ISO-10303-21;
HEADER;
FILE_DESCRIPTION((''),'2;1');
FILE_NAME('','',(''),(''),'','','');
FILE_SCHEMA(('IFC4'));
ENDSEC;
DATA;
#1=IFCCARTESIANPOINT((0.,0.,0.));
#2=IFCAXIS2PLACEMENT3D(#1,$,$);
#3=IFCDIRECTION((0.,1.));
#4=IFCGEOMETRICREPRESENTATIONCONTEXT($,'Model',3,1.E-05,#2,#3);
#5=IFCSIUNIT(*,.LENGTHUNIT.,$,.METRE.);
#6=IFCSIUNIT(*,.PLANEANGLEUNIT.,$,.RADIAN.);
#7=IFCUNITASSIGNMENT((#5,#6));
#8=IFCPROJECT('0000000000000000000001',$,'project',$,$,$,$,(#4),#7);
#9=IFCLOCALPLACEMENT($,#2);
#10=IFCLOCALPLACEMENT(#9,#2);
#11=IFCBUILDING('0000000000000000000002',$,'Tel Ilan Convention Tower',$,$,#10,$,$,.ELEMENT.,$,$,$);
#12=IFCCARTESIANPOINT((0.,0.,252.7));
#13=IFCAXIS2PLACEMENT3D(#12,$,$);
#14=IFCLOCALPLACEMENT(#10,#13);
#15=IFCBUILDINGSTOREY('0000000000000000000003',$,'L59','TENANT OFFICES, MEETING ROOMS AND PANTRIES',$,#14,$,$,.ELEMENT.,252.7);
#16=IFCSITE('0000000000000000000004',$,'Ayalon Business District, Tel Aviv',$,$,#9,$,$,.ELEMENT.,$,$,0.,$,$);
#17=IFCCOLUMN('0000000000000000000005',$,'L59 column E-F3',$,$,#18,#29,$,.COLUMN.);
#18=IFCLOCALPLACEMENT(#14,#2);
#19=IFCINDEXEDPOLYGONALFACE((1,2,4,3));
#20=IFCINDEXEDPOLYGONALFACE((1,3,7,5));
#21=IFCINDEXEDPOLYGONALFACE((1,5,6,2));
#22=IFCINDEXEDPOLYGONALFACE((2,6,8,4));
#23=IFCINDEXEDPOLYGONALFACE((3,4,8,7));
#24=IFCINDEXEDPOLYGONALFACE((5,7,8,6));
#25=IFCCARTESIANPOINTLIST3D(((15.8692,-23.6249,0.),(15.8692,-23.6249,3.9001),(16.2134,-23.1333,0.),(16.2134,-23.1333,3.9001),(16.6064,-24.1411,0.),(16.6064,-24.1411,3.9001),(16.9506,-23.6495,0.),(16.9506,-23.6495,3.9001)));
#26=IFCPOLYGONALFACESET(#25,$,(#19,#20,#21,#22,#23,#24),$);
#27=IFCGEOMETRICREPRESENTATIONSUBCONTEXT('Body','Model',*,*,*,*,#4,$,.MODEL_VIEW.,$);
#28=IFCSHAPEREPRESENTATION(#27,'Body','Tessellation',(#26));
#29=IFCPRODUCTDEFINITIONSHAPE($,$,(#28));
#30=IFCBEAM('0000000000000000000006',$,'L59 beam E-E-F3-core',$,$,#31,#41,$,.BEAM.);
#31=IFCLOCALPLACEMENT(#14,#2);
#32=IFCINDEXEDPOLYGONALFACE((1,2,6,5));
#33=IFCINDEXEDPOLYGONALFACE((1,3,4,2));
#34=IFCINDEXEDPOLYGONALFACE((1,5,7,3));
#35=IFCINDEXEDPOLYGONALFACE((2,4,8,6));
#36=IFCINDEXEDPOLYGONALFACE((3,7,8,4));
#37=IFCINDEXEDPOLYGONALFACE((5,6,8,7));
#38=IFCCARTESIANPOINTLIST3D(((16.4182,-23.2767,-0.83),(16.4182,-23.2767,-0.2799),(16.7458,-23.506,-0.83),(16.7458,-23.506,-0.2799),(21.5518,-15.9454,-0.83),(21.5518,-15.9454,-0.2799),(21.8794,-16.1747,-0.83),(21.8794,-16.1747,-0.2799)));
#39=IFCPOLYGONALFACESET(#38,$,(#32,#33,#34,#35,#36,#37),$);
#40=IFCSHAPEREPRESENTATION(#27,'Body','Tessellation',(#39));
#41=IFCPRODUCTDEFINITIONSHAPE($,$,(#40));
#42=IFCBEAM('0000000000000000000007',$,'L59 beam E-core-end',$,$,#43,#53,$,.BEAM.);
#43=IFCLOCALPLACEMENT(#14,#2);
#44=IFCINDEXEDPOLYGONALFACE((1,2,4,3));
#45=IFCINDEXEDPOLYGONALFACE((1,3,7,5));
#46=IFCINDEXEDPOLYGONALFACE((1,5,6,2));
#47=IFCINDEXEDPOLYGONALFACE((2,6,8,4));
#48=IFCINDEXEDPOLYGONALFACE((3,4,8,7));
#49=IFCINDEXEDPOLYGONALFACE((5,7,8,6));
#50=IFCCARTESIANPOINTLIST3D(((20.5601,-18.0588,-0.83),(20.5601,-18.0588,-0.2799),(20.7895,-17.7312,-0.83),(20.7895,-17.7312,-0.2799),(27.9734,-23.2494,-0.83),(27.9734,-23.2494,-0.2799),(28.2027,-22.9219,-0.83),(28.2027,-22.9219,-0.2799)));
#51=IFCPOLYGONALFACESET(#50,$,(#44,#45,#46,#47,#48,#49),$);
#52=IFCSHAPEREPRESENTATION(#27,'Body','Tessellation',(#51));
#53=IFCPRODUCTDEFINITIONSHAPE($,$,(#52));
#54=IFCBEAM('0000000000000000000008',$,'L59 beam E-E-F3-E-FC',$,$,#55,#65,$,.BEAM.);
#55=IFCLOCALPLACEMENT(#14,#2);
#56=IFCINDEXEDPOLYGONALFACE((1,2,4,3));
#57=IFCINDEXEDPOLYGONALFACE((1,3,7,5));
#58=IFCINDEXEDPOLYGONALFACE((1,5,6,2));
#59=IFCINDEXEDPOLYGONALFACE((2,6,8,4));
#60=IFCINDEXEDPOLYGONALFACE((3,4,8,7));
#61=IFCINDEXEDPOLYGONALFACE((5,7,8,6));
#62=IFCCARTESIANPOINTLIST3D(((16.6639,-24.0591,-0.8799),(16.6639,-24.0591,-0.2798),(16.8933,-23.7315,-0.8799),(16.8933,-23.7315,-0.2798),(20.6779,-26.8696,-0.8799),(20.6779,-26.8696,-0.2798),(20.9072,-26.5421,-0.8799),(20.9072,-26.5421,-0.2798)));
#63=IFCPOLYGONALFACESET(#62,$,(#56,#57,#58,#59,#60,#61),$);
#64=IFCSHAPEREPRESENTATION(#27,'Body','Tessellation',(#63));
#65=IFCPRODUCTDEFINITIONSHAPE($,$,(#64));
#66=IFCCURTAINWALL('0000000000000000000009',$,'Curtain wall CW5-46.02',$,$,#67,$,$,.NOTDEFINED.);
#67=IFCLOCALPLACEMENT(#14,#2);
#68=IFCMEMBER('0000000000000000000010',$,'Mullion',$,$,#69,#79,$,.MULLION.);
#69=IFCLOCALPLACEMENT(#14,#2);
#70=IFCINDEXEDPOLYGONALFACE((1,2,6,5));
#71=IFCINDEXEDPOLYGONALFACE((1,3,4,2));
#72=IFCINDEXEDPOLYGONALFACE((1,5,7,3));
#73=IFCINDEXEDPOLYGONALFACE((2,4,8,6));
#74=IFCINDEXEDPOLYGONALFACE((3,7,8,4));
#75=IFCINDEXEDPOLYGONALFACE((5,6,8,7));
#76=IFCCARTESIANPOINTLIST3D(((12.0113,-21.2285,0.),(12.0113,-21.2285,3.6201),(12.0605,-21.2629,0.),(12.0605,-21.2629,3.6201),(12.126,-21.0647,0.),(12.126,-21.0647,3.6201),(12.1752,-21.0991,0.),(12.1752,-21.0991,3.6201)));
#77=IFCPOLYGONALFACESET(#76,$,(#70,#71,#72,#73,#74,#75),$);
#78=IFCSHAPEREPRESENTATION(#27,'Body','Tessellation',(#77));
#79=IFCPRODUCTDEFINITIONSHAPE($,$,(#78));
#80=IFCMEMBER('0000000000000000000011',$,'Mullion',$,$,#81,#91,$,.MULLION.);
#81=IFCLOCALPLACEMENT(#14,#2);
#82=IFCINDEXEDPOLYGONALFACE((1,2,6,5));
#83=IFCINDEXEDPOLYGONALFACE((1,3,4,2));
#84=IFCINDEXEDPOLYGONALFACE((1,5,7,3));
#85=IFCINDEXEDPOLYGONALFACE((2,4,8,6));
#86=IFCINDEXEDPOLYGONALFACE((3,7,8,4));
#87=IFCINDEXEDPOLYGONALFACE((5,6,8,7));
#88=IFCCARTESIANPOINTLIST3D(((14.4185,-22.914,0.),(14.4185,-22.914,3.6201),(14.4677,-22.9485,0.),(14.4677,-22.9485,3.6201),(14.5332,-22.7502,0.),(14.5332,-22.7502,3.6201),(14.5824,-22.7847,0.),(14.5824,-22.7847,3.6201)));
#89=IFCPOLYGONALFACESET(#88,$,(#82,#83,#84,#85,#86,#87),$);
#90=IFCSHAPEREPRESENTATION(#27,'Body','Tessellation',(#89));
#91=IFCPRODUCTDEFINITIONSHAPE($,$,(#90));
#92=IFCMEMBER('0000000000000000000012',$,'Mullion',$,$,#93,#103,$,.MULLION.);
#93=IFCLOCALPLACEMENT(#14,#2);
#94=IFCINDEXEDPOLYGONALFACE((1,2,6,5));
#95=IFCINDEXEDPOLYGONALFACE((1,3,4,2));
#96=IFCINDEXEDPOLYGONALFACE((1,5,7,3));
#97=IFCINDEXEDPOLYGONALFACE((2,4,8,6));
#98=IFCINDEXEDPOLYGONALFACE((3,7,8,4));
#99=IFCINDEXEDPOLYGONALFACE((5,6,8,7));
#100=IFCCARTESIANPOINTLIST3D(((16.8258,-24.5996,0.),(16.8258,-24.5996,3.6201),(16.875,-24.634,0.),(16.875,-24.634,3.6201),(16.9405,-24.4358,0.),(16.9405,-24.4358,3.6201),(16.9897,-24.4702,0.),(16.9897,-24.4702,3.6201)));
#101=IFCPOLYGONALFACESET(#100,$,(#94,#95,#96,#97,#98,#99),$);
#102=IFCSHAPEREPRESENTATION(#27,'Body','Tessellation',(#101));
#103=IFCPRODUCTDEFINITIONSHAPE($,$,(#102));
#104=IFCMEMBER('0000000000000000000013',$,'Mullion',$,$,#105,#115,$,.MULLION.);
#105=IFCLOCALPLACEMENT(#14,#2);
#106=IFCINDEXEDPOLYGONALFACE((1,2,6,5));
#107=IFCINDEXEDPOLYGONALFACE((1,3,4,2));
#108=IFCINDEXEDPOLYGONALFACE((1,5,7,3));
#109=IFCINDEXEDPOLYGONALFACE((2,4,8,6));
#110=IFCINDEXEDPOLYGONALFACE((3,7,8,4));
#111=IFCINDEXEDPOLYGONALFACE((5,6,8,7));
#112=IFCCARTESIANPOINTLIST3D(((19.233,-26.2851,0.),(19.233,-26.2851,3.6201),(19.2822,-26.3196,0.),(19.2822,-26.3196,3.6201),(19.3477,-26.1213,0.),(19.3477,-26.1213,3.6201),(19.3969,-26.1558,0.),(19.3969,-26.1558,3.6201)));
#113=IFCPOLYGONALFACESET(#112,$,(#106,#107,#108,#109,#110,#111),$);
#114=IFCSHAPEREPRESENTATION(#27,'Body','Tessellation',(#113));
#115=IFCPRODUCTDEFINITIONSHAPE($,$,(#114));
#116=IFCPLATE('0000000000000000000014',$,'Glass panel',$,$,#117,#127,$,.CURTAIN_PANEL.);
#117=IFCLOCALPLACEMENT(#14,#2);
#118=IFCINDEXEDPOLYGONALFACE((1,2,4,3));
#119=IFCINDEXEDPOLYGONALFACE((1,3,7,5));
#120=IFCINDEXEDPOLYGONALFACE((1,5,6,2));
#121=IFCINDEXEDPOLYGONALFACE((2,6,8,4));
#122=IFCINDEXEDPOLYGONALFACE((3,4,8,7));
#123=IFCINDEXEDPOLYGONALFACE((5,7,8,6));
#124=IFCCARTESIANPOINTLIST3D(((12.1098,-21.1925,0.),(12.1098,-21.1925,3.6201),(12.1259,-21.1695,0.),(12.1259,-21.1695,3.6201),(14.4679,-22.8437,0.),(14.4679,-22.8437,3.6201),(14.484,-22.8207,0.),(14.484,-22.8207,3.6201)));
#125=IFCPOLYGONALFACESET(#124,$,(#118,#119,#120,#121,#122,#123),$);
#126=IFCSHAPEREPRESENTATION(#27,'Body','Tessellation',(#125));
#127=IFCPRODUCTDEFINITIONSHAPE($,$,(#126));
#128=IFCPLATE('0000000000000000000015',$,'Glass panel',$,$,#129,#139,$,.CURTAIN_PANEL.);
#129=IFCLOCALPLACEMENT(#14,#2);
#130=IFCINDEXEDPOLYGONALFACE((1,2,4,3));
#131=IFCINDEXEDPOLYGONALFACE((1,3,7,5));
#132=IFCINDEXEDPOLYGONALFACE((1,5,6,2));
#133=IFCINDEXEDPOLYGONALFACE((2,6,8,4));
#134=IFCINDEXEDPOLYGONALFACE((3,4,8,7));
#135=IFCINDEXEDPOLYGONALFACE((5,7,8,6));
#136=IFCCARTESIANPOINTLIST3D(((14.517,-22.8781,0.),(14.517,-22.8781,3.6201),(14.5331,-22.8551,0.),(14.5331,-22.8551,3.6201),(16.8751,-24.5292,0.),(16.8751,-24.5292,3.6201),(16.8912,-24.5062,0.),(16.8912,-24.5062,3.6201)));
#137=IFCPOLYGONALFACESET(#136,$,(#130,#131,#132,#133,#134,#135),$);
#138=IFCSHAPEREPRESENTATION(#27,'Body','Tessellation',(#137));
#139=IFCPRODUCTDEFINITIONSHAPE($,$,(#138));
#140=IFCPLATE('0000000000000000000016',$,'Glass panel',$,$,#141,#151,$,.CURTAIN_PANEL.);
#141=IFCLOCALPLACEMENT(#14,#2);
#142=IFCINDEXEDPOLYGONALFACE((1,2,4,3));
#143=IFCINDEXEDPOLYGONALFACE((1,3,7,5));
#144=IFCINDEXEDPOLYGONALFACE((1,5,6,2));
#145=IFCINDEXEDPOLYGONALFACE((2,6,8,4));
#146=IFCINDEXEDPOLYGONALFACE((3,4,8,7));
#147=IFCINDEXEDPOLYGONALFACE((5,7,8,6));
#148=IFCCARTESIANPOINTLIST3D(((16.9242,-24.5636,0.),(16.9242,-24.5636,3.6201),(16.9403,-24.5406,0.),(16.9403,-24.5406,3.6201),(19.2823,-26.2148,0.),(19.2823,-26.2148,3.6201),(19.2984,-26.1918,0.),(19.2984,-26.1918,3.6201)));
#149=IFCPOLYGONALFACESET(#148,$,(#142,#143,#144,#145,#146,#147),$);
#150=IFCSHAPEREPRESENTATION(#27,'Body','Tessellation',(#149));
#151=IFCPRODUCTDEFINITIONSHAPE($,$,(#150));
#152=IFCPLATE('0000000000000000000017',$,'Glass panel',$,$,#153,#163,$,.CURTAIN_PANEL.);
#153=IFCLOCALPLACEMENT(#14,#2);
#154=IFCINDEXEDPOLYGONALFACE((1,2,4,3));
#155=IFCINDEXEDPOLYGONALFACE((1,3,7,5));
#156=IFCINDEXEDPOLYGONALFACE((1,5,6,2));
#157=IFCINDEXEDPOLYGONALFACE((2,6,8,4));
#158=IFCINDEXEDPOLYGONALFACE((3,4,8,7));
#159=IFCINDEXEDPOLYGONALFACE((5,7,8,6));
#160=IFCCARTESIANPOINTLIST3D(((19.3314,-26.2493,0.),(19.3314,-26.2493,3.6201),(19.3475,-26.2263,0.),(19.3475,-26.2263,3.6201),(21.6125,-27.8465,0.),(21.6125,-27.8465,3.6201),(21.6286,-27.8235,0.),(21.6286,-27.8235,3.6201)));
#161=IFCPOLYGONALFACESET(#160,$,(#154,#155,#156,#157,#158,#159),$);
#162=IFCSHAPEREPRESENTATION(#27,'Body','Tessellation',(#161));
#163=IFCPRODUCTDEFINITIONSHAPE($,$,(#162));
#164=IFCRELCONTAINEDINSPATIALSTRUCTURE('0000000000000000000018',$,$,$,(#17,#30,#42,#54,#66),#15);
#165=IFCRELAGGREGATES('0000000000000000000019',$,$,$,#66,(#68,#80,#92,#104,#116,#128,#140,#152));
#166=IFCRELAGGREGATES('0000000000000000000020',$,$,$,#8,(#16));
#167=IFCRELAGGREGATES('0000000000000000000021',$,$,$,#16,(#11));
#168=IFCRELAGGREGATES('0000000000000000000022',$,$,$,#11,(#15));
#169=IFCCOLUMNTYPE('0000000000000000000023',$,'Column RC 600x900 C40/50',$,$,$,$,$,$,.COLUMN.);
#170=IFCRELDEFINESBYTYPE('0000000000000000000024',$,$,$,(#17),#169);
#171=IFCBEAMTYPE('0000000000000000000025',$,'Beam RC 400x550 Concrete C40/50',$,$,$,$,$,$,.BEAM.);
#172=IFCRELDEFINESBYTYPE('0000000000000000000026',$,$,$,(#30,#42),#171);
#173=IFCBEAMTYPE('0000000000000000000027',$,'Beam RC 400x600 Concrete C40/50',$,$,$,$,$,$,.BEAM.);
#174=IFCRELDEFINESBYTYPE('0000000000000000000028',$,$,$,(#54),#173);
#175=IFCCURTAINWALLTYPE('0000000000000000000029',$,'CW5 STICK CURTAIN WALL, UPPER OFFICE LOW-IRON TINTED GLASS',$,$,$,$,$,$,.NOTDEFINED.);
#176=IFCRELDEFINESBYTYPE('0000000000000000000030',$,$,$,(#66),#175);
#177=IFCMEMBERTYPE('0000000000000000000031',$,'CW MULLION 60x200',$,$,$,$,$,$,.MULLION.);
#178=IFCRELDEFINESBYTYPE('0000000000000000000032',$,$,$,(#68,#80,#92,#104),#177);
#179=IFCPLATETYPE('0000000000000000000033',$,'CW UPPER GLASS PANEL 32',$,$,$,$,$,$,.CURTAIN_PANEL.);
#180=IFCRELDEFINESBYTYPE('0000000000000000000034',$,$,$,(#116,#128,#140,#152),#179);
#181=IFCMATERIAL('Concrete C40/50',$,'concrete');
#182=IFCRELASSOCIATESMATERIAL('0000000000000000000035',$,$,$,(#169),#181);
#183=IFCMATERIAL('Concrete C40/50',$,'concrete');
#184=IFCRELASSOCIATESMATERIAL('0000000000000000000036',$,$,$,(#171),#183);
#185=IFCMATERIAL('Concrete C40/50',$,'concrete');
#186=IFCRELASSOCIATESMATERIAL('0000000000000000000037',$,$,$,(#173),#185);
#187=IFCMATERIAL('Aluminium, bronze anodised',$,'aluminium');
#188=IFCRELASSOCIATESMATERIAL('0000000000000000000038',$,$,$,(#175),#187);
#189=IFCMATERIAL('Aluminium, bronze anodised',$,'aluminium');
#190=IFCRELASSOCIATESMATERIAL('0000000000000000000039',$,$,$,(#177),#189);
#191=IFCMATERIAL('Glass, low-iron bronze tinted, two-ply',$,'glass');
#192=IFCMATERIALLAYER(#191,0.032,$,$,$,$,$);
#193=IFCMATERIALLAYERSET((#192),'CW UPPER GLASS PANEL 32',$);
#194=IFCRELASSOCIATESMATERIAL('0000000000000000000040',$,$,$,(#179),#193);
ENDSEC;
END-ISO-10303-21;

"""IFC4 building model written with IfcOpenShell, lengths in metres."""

from ifc_helpers import new_model, si_unit, direction, frame, origin, origin_2d, place, context, subcontext, project, spatial, rectangle, extrude, material, layer, layer_set, material_profile, profile_set, type_object, element, aggregate, save


model = new_model("IFC4")

# Units and contexts
model_context = context("Model", 3, precision=1e-05, world=origin(), true_north=direction((0.0, 1.0)))
body_context = subcontext(model_context, "Body", "Model", "MODEL_VIEW")
ifc_project = project(units=[si_unit("LENGTHUNIT", "METRE"), si_unit("PLANEANGLEUNIT", "RADIAN")], contexts=[model_context])

# Site, building, storey
site_placement = place(None, origin())
site = spatial("IfcSite", under=ifc_project, at=site_placement, Name="Ayalon Business District, Tel Aviv", CompositionType="ELEMENT", RefElevation=0.0)
building_placement = place(site_placement, origin())
building = spatial("IfcBuilding", under=site, at=building_placement, Name="Tel Ilan Convention Tower", CompositionType="ELEMENT")
storey_placement = place(building_placement, frame((0.0, 0.0, 252.7)))
storey = spatial("IfcBuildingStorey", under=building, at=storey_placement, Name="L59", Description="TENANT OFFICES, MEETING ROOMS AND PANTRIES", CompositionType="ELEMENT", Elevation=252.7)

# Column
ifc_material_1 = material(Name="Concrete C40/50", Category="concrete")
ifc_material_profile_1 = material_profile(ifc_material_1, rectangle(XDim=0.8999, YDim=0.6001, at=origin_2d()), Name="RC 600x900")
ifc_profile_set_1 = profile_set([ifc_material_profile_1], Name="Concrete C40/50")
column_type = type_object("IfcColumnType", Name="Column RC 600x900 C40/50", PredefinedType="COLUMN", material=ifc_profile_set_1)
column_placement = place(storey_placement, frame((16.4099, -23.6372, 0.0), z_axis=(0.0, 0.0, 1.0), x_axis=(0.819152, -0.573576, 0.0)))
element("IfcColumn", 1, at=column_placement, inside=storey, type_object=column_type, Name="L59 column E-F3", PredefinedType="COLUMN", context=body_context, shape_type="SweptSolid", body=[
    extrude(rectangle(XDim=0.8999, YDim=0.6001, at=origin_2d()), origin(), (0.0, 0.0, 1.0), 3.9001),
])

# Beams
ifc_material_2 = material(Name="Concrete C40/50", Category="concrete")
ifc_material_profile_2 = material_profile(ifc_material_2, rectangle(XDim=0.3999, YDim=0.55, at=origin_2d()), Name="RC 400x550")
ifc_profile_set_2 = profile_set([ifc_material_profile_2], Name="Concrete C40/50")
beam_type_1 = type_object("IfcBeamType", Name="Beam RC 400x550 Concrete C40/50", PredefinedType="BEAM", material=ifc_profile_set_2)
beam_1_placement = place(storey_placement, frame((16.582, -23.3914, -0.5549), z_axis=(0.573585, 0.819146, 0.0), x_axis=(-0.819146, 0.573585, 0.0)))
element("IfcBeam", 2, at=beam_1_placement, inside=storey, type_object=beam_type_1, Name="L59 beam E-E-F3-core", PredefinedType="BEAM", context=body_context, shape_type="SweptSolid", body=[
    extrude(rectangle(XDim=0.3999, YDim=0.55, at=origin_2d()), origin(), (0.0, 0.0, 1.0), 8.95),
])
beam_2_placement = place(storey_placement, frame((20.6748, -17.895, -0.5549), z_axis=(0.819162, -0.573562, 0.0), x_axis=(0.573562, 0.819162, 0.0)))
element("IfcBeam", 3, at=beam_2_placement, inside=storey, type_object=beam_type_1, Name="L59 beam E-core-end", PredefinedType="BEAM", context=body_context, shape_type="SweptSolid", body=[
    extrude(rectangle(XDim=0.3999, YDim=0.55, at=origin_2d()), origin(), (0.0, 0.0, 1.0), 9.0498),
])
ifc_material_3 = material(Name="Concrete C40/50", Category="concrete")
ifc_material_profile_3 = material_profile(ifc_material_3, rectangle(XDim=0.3999, YDim=0.6001, at=origin_2d()), Name="RC 400x600")
ifc_profile_set_3 = profile_set([ifc_material_profile_3], Name="Concrete C40/50")
beam_type_2 = type_object("IfcBeamType", Name="Beam RC 400x600 Concrete C40/50", PredefinedType="BEAM", material=ifc_profile_set_3)
beam_3_placement = place(storey_placement, frame((16.7786, -23.8953, -0.5798), z_axis=(0.819155, -0.573573, 0.0), x_axis=(0.573573, 0.819155, 0.0)))
element("IfcBeam", 4, at=beam_3_placement, inside=storey, type_object=beam_type_2, Name="L59 beam E-E-F3-E-FC", PredefinedType="BEAM", context=body_context, shape_type="SweptSolid", body=[
    extrude(rectangle(XDim=0.3999, YDim=0.6001, at=origin_2d()), origin(), (0.0, 0.0, 1.0), 4.9001),
])

# Curtain wall, members, plates
ifc_material_4 = material(Name="Aluminium, bronze anodised", Category="aluminium")
curtain_wall_type = type_object("IfcCurtainWallType", Name="CW5 STICK CURTAIN WALL, UPPER OFFICE LOW-IRON TINTED GLASS", PredefinedType="NOTDEFINED", material=ifc_material_4)
curtain_wall_placement = place(storey_placement, origin())
curtain_wall = element("IfcCurtainWall", 5, at=curtain_wall_placement, inside=storey, type_object=curtain_wall_type, Name="Curtain wall CW5-46.02", PredefinedType="NOTDEFINED")
ifc_material_5 = material(Name="Aluminium, bronze anodised", Category="aluminium")
ifc_material_profile_4 = material_profile(ifc_material_5, rectangle(XDim=0.0601, YDim=0.2, at=origin_2d()), Name="CW MULLION 60x200")
ifc_profile_set_4 = profile_set([ifc_material_profile_4], Name="Aluminium, bronze anodised")
member_type = type_object("IfcMemberType", Name="CW MULLION 60x200", PredefinedType="MULLION", material=ifc_profile_set_4)
member_1_placement = place(storey_placement, frame((12.0933, -21.1638, 0.0), z_axis=(0.0, 0.0, 1.0), x_axis=(0.819152, -0.573576, 0.0)))
member_1 = element("IfcMember", 6, at=member_1_placement, type_object=member_type, Name="Mullion", PredefinedType="MULLION", context=body_context, shape_type="SweptSolid", body=[
    extrude(rectangle(XDim=0.0601, YDim=0.2, at=origin_2d()), origin(), (0.0, 0.0, 1.0), 3.6201),
])
member_2_placement = place(storey_placement, frame((14.5005, -22.8494, 0.0), z_axis=(0.0, 0.0, 1.0), x_axis=(0.819152, -0.573576, 0.0)))
member_2 = element("IfcMember", 7, at=member_2_placement, type_object=member_type, Name="Mullion", PredefinedType="MULLION", context=body_context, shape_type="SweptSolid", body=[
    extrude(rectangle(XDim=0.0601, YDim=0.2, at=origin_2d()), origin(), (0.0, 0.0, 1.0), 3.6201),
])
member_3_placement = place(storey_placement, frame((16.9077, -24.5349, 0.0), z_axis=(0.0, 0.0, 1.0), x_axis=(0.819152, -0.573576, 0.0)))
member_3 = element("IfcMember", 8, at=member_3_placement, type_object=member_type, Name="Mullion", PredefinedType="MULLION", context=body_context, shape_type="SweptSolid", body=[
    extrude(rectangle(XDim=0.0601, YDim=0.2, at=origin_2d()), origin(), (0.0, 0.0, 1.0), 3.6201),
])
member_4_placement = place(storey_placement, frame((19.3149, -26.2205, 0.0), z_axis=(0.0, 0.0, 1.0), x_axis=(0.819152, -0.573576, 0.0)))
member_4 = element("IfcMember", 9, at=member_4_placement, type_object=member_type, Name="Mullion", PredefinedType="MULLION", context=body_context, shape_type="SweptSolid", body=[
    extrude(rectangle(XDim=0.0601, YDim=0.2, at=origin_2d()), origin(), (0.0, 0.0, 1.0), 3.6201),
])
ifc_material_6 = material(Name="Glass, low-iron bronze tinted, two-ply", Category="glass")
ifc_layer_1 = layer(ifc_material_6, 0.032)
ifc_layer_set_1 = layer_set([ifc_layer_1], Name="CW UPPER GLASS PANEL 32")
plate_type = type_object("IfcPlateType", Name="CW UPPER GLASS PANEL 32", PredefinedType="CURTAIN_PANEL", material=ifc_layer_set_1)
plate_1_placement = place(storey_placement, frame((13.2969, -22.0066, 0.0), z_axis=(0.0, 0.0, 1.0), x_axis=(0.819152, -0.573576, 0.0)))
plate_1 = element("IfcPlate", 10, at=plate_1_placement, type_object=plate_type, Name="Glass panel", PredefinedType="CURTAIN_PANEL", context=body_context, shape_type="SweptSolid", body=[
    extrude(rectangle(XDim=2.8787, YDim=0.0281, at=origin_2d()), origin(), (0.0, 0.0, 1.0), 3.6201),
])
plate_2_placement = place(storey_placement, frame((15.7041, -23.6921, 0.0), z_axis=(0.0, 0.0, 1.0), x_axis=(0.819152, -0.573576, 0.0)))
plate_2 = element("IfcPlate", 11, at=plate_2_placement, type_object=plate_type, Name="Glass panel", PredefinedType="CURTAIN_PANEL", context=body_context, shape_type="SweptSolid", body=[
    extrude(rectangle(XDim=2.8787, YDim=0.0281, at=origin_2d()), origin(), (0.0, 0.0, 1.0), 3.6201),
])
plate_3_placement = place(storey_placement, frame((18.1113, -25.3777, 0.0), z_axis=(0.0, 0.0, 1.0), x_axis=(0.819152, -0.573576, 0.0)))
plate_3 = element("IfcPlate", 12, at=plate_3_placement, type_object=plate_type, Name="Glass panel", PredefinedType="CURTAIN_PANEL", context=body_context, shape_type="SweptSolid", body=[
    extrude(rectangle(XDim=2.8787, YDim=0.0281, at=origin_2d()), origin(), (0.0, 0.0, 1.0), 3.6201),
])
plate_4_placement = place(storey_placement, frame((20.48, -27.0364, 0.0), z_axis=(0.0, 0.0, 1.0), x_axis=(0.819152, -0.573576, 0.0)))
plate_4 = element("IfcPlate", 13, at=plate_4_placement, type_object=plate_type, Name="Glass panel", PredefinedType="CURTAIN_PANEL", context=body_context, shape_type="SweptSolid", body=[
    extrude(rectangle(XDim=2.7847, YDim=0.0281, at=origin_2d()), origin(), (0.0, 0.0, 1.0), 3.6201),
])
aggregate(curtain_wall, [member_1, member_2, member_3, member_4, plate_1, plate_2, plate_3, plate_4])

save(model, "model.ifc")
